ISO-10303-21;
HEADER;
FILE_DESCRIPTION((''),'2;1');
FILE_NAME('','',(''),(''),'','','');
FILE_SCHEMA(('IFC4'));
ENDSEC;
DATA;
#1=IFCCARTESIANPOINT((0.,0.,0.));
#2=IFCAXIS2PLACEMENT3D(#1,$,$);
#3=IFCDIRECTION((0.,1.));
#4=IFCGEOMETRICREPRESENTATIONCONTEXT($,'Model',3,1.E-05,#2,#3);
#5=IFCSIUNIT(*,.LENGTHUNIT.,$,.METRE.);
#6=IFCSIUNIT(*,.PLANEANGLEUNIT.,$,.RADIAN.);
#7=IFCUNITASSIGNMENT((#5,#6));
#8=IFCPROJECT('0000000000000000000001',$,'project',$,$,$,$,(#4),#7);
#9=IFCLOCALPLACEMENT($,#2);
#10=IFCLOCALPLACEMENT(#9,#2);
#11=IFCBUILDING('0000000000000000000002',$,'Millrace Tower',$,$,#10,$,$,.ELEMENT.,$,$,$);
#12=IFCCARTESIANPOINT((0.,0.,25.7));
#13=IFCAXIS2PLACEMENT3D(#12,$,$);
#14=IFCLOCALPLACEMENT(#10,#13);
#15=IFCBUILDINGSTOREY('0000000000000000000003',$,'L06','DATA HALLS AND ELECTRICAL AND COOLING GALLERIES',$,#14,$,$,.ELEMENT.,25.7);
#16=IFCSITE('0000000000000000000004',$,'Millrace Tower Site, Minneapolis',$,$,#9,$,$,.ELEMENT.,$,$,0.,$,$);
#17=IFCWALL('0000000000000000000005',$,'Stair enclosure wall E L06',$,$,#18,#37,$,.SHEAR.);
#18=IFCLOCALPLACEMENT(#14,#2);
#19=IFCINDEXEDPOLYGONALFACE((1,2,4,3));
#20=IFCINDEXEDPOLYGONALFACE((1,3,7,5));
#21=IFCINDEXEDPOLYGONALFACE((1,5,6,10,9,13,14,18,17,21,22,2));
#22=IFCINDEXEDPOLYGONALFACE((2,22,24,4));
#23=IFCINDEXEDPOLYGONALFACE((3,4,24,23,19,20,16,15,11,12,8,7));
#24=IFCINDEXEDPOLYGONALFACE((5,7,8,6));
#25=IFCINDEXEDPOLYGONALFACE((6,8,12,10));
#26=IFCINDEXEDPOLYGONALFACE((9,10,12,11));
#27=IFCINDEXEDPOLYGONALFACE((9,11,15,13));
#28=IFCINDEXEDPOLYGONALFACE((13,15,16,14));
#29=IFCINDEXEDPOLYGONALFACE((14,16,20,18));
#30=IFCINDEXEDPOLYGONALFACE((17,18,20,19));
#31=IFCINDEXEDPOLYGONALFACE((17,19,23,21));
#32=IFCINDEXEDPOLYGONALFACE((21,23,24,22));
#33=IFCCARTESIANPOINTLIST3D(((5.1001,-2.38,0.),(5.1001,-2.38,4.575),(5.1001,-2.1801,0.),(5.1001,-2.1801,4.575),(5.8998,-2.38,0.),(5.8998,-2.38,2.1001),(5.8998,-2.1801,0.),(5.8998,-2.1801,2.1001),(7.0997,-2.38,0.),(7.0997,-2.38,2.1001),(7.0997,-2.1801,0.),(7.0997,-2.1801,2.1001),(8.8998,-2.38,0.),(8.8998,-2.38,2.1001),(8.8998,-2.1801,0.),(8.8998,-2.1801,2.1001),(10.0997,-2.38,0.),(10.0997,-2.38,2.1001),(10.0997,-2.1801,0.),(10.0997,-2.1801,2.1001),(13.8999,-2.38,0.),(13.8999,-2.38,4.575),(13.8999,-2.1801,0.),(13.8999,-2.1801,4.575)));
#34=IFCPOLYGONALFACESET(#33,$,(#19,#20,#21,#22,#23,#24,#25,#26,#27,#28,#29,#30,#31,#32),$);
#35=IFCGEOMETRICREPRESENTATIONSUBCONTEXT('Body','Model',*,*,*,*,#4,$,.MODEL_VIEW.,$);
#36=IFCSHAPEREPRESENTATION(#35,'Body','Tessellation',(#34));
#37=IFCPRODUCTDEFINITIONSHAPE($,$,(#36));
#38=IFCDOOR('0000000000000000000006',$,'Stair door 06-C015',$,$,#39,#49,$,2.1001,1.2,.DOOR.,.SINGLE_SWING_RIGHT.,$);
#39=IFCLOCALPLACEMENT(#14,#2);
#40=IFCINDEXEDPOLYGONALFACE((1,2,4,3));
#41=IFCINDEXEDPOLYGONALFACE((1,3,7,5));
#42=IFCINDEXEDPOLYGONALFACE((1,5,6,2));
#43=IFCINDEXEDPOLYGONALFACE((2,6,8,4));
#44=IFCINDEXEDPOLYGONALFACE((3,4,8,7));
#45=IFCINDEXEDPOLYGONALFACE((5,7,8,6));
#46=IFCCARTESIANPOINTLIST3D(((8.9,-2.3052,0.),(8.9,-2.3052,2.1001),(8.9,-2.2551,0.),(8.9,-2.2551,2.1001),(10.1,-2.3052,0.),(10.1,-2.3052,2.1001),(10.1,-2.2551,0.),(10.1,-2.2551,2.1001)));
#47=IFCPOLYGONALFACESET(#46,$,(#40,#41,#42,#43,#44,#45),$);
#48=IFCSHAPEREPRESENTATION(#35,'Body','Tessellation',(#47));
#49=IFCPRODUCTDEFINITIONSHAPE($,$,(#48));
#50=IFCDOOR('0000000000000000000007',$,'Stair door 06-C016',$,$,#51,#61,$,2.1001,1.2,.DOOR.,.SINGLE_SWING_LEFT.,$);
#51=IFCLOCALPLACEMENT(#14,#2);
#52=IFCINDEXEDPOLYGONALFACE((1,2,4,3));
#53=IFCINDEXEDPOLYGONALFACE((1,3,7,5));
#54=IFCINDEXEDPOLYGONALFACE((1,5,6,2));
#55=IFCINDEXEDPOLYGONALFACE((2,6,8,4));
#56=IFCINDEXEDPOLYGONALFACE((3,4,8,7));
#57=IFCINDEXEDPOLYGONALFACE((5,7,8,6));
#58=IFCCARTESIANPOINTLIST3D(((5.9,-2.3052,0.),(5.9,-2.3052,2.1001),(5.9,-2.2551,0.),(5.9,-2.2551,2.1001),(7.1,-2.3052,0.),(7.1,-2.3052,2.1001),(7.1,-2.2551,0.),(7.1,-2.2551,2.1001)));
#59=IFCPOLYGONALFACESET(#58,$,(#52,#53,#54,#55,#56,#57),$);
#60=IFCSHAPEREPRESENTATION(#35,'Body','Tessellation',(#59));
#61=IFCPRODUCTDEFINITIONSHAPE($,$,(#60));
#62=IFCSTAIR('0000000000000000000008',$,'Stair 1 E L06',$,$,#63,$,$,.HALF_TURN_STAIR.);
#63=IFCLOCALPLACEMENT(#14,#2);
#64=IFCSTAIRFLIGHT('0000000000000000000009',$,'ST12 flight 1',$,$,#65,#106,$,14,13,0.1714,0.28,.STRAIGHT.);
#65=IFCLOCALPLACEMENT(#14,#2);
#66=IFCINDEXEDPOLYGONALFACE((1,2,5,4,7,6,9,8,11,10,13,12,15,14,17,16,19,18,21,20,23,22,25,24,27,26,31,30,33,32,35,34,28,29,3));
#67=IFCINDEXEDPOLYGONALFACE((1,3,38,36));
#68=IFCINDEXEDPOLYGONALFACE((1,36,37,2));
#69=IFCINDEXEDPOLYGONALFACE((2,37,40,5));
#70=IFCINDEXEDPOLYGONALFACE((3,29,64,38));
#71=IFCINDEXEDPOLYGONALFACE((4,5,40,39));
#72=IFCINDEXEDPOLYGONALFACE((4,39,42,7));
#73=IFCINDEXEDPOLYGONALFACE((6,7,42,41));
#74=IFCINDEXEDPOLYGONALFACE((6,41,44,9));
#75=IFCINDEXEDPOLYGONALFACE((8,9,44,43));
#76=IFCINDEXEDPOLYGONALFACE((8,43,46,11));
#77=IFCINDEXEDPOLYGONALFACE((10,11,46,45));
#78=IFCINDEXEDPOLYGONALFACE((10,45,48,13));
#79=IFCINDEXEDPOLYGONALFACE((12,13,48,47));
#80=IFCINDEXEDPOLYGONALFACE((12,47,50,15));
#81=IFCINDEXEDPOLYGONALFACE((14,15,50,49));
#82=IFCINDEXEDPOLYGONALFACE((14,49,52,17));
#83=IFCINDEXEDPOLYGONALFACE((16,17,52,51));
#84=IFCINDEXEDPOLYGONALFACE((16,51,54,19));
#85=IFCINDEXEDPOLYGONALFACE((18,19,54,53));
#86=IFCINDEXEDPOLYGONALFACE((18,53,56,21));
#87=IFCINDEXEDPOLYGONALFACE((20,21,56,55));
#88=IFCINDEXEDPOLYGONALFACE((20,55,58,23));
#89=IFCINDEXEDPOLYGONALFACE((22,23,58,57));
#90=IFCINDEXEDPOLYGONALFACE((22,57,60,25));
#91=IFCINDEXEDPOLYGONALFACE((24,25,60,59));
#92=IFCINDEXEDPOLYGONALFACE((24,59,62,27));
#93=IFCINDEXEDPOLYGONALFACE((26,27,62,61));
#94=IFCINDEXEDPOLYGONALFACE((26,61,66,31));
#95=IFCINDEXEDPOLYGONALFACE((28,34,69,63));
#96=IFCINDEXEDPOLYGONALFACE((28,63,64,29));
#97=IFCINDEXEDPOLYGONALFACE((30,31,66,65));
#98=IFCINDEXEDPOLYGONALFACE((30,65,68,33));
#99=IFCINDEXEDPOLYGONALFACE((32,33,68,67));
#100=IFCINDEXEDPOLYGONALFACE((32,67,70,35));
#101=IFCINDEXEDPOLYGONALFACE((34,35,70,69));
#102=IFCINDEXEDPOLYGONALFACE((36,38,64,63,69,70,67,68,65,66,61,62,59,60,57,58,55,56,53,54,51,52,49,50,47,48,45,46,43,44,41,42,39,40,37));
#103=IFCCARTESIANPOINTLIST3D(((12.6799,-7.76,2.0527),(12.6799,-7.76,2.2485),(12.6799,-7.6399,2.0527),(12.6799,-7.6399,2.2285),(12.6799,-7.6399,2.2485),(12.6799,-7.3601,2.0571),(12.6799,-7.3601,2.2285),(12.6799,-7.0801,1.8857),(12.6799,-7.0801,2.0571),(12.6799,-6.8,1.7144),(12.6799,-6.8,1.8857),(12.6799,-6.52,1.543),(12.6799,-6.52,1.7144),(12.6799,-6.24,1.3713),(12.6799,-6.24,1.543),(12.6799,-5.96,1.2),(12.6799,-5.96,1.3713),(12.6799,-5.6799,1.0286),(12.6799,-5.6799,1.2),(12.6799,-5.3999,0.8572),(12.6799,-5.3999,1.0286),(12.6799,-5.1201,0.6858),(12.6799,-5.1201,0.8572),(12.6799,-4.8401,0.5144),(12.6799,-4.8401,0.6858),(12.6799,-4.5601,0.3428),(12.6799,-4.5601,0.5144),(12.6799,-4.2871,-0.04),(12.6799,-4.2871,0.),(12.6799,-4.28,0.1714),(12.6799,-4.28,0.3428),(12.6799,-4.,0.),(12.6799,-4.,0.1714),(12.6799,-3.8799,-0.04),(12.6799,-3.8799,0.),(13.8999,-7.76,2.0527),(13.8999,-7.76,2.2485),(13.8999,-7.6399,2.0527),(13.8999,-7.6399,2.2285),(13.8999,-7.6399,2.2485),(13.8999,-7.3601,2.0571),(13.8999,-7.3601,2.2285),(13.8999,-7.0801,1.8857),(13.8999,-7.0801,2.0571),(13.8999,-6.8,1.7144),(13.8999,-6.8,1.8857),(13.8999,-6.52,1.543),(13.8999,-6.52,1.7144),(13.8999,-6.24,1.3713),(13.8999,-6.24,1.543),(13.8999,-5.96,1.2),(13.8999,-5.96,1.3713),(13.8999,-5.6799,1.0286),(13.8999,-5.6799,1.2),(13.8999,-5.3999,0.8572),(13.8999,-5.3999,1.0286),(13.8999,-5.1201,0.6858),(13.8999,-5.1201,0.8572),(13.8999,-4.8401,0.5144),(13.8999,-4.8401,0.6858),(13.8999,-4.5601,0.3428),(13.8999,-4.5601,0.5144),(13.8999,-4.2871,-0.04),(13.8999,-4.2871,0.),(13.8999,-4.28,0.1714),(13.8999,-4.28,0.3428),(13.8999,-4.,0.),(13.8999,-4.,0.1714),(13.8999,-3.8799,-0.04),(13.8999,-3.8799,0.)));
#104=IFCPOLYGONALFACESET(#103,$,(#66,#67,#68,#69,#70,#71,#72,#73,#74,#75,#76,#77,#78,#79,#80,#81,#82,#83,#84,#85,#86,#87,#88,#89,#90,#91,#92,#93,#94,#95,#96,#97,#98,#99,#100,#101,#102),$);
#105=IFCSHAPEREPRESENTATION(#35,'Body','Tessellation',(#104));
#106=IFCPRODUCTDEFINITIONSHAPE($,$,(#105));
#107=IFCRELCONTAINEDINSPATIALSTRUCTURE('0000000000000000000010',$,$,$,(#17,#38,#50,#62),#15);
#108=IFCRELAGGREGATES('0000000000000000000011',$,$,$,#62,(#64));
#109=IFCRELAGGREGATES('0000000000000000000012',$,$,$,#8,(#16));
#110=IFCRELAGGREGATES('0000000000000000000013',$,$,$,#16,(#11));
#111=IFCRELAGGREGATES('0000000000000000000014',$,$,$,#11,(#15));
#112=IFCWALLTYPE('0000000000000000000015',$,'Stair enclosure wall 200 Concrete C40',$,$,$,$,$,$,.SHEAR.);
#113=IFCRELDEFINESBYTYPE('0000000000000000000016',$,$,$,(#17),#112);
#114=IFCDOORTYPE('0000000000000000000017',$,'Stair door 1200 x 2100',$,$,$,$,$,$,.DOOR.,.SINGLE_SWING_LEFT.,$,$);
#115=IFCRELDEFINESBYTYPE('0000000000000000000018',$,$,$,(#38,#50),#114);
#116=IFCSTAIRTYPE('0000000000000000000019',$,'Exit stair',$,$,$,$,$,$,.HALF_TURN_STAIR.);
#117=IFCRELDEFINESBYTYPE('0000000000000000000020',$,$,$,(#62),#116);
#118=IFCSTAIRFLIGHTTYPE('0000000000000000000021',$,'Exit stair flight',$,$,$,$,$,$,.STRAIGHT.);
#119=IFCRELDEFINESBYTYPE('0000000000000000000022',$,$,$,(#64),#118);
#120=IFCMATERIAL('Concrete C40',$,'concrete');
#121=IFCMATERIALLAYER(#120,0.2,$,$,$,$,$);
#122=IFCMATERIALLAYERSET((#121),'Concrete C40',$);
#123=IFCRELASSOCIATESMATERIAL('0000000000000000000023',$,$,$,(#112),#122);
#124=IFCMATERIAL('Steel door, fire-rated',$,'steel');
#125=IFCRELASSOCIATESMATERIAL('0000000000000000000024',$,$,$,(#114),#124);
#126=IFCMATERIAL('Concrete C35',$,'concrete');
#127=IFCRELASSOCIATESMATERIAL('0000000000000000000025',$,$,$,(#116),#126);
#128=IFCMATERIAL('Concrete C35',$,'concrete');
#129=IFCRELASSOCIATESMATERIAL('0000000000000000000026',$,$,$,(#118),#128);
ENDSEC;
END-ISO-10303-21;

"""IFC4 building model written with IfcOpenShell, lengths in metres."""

from ifc_helpers import new_model, si_unit, direction, frame, frame_2d, origin, place, context, subcontext, project, spatial, polyline, rectangle, outline, extrude, material, layer, layer_set, type_object, element, fill, aggregate, save


model = new_model("IFC4")

# Units and contexts
model_context = context("Model", 3, precision=1e-05, world=origin(), true_north=direction((0.0, 1.0)))
body_context = subcontext(model_context, "Body", "Model", "MODEL_VIEW")
ifc_project = project(units=[si_unit("LENGTHUNIT", "METRE"), si_unit("PLANEANGLEUNIT", "RADIAN")], contexts=[model_context])

# Site, building, storey
site_placement = place(None, origin())
site = spatial("IfcSite", under=ifc_project, at=site_placement, Name="Millrace Tower Site, Minneapolis", CompositionType="ELEMENT", RefElevation=0.0)
building_placement = place(site_placement, origin())
building = spatial("IfcBuilding", under=site, at=building_placement, Name="Millrace Tower", CompositionType="ELEMENT")
storey_placement = place(building_placement, frame((0.0, 0.0, 25.7)))
storey = spatial("IfcBuildingStorey", under=building, at=storey_placement, Name="L06", Description="DATA HALLS AND ELECTRICAL AND COOLING GALLERIES", CompositionType="ELEMENT", Elevation=25.7)

# Shared definitions
placement = place(storey_placement, origin())

# Shared definitions
ifc_material_1 = material(Name="Concrete C40", Category="concrete")
ifc_layer_1 = layer(ifc_material_1, 0.2)
ifc_layer_set_1 = layer_set([ifc_layer_1], Name="Concrete C40")
wall_type_1 = type_object("IfcWallType", Name="Stair enclosure wall 200 Concrete C40", PredefinedType="SHEAR", material=ifc_layer_set_1)

# Wall, openings, doors
wall_1_placement = place(storey_placement, frame((13.8999, -2.28, 0.0), z_axis=(0.0, 0.0, 1.0), x_axis=(-1.0, 0.0, 0.0)))
wall_1 = element("IfcWall", 1, at=wall_1_placement, inside=storey, type_object=wall_type_1, Name="Stair enclosure wall E L06", PredefinedType="SHEAR", context=body_context, shape_type="SweptSolid", body=[
    extrude(rectangle(XDim=8.7998, YDim=0.2, at=frame_2d((4.3999, 0.0))), origin(), (0.0, 0.0, 1.0), 4.575),
])
opening_1_placement = place(wall_1_placement, frame((3.8, 0.0, 0.0)))
opening_1 = element("IfcOpeningElement", 2, at=opening_1_placement, cuts=wall_1, PredefinedType="OPENING", context=body_context, shape_type="SweptSolid", body=[
    extrude(rectangle(XDim=1.2, YDim=2.1001, at=frame_2d((0.6001, 1.05))), frame((0.0, 0.1099, 0.0), z_axis=(0.0, -1.0, 0.0), x_axis=(1.0, 0.0, 0.0)), (0.0, 0.0, 1.0), 0.22),
])
opening_2_placement = place(wall_1_placement, frame((6.8, 0.0, 0.0)))
opening_2 = element("IfcOpeningElement", 3, at=opening_2_placement, cuts=wall_1, PredefinedType="OPENING", context=body_context, shape_type="SweptSolid", body=[
    extrude(rectangle(XDim=1.2, YDim=2.1001, at=frame_2d((0.6001, 1.05))), frame((0.0, 0.1099, 0.0), z_axis=(0.0, -1.0, 0.0), x_axis=(1.0, 0.0, 0.0)), (0.0, 0.0, 1.0), 0.22),
])
ifc_material_2 = material(Name="Steel door, fire-rated", Category="steel")
door_type_1 = type_object("IfcDoorType", Name="Stair door 1200 x 2100", OperationType="SINGLE_SWING_LEFT", PredefinedType="DOOR", material=ifc_material_2)
door_1_placement = place(opening_1_placement, frame((1.2, 0.0, 0.0), z_axis=(0.0, 0.0, 1.0), x_axis=(-1.0, 0.0, 0.0)))
door_1 = element("IfcDoor", 4, at=door_1_placement, inside=storey, type_object=door_type_1, Name="Stair door 06-C015", OperationType="SINGLE_SWING_RIGHT", OverallHeight=2.1001, OverallWidth=1.2, PredefinedType="DOOR", context=body_context, shape_type="SweptSolid", body=[
    extrude(rectangle(XDim=1.2, YDim=2.1001, at=frame_2d((0.6001, 1.05))), frame((0.0, 0.0249, 0.0), z_axis=(0.0, -1.0, 0.0), x_axis=(1.0, 0.0, 0.0)), (0.0, 0.0, 1.0), 0.05),
])
fill(opening_1, door_1)
door_2_placement = place(opening_2_placement, frame((1.2, 0.0, 0.0), z_axis=(0.0, 0.0, 1.0), x_axis=(-1.0, 0.0, 0.0)))
door_2 = element("IfcDoor", 5, at=door_2_placement, inside=storey, type_object=door_type_1, Name="Stair door 06-C016", OperationType="SINGLE_SWING_LEFT", OverallHeight=2.1001, OverallWidth=1.2, PredefinedType="DOOR", context=body_context, shape_type="SweptSolid", body=[
    extrude(rectangle(XDim=1.2, YDim=2.1001, at=frame_2d((0.6001, 1.05))), frame((0.0, 0.0249, 0.0), z_axis=(0.0, -1.0, 0.0), x_axis=(1.0, 0.0, 0.0)), (0.0, 0.0, 1.0), 0.05),
])
fill(opening_2, door_2)

# Stair, stair flight
ifc_material_3 = material(Name="Concrete C35", Category="concrete")
stair_type = type_object("IfcStairType", Name="Exit stair", PredefinedType="HALF_TURN_STAIR", material=ifc_material_3)
stair = element("IfcStair", 6, at=placement, inside=storey, type_object=stair_type, Name="Stair 1 E L06", PredefinedType="HALF_TURN_STAIR")
ifc_material_4 = material(Name="Concrete C35", Category="concrete")
stair_flight_type = type_object("IfcStairFlightType", Name="Exit stair flight", PredefinedType="STRAIGHT", material=ifc_material_4)
stair_flight_placement = place(storey_placement, frame((13.29, -4.0, 0.0), z_axis=(0.0, 0.0, 1.0), x_axis=(0.0, -1.0, 0.0)))
stair_flight = element("IfcStairFlight", 7, at=stair_flight_placement, type_object=stair_flight_type, Name="ST12 flight 1", NumberOfRisers=14, NumberOfTreads=13, PredefinedType="STRAIGHT", RiserHeight=0.1714, TreadLength=0.28, context=body_context, shape_type="SweptSolid", body=[
    extrude(outline(polyline([(-0.1201, -0.04), (-0.1201, 0.0), (0.0, 0.0), (0.0, 0.1714), (0.28, 0.1714), (0.28, 0.3428), (0.5601, 0.3428), (0.5601, 0.5144), (0.8401, 0.5144), (0.8401, 0.6858), (1.1201, 0.6858), (1.1201, 0.8572), (1.3999, 0.8572), (1.3999, 1.0286), (1.6799, 1.0286), (1.6799, 1.2), (1.96, 1.2), (1.96, 1.3713), (2.24, 1.3713), (2.24, 1.543), (2.52, 1.543), (2.52, 1.7144), (2.8, 1.7144), (2.8, 1.8857), (3.0801, 1.8857), (3.0801, 2.0571), (3.3601, 2.0571), (3.3601, 2.2285), (3.6399, 2.2285), (3.6399, 2.2485), (3.76, 2.2485), (3.76, 2.0527), (3.6399, 2.0527), (0.2871, 0.0), (0.2871, -0.04), (-0.1201, -0.04)])), frame((0.0, 0.6099, 0.0), z_axis=(0.0, -1.0, 0.0), x_axis=(1.0, 0.0, 0.0)), (0.0, 0.0, 1.0), 1.22),
])
aggregate(stair, [stair_flight])

save(model, "model.ifc")
